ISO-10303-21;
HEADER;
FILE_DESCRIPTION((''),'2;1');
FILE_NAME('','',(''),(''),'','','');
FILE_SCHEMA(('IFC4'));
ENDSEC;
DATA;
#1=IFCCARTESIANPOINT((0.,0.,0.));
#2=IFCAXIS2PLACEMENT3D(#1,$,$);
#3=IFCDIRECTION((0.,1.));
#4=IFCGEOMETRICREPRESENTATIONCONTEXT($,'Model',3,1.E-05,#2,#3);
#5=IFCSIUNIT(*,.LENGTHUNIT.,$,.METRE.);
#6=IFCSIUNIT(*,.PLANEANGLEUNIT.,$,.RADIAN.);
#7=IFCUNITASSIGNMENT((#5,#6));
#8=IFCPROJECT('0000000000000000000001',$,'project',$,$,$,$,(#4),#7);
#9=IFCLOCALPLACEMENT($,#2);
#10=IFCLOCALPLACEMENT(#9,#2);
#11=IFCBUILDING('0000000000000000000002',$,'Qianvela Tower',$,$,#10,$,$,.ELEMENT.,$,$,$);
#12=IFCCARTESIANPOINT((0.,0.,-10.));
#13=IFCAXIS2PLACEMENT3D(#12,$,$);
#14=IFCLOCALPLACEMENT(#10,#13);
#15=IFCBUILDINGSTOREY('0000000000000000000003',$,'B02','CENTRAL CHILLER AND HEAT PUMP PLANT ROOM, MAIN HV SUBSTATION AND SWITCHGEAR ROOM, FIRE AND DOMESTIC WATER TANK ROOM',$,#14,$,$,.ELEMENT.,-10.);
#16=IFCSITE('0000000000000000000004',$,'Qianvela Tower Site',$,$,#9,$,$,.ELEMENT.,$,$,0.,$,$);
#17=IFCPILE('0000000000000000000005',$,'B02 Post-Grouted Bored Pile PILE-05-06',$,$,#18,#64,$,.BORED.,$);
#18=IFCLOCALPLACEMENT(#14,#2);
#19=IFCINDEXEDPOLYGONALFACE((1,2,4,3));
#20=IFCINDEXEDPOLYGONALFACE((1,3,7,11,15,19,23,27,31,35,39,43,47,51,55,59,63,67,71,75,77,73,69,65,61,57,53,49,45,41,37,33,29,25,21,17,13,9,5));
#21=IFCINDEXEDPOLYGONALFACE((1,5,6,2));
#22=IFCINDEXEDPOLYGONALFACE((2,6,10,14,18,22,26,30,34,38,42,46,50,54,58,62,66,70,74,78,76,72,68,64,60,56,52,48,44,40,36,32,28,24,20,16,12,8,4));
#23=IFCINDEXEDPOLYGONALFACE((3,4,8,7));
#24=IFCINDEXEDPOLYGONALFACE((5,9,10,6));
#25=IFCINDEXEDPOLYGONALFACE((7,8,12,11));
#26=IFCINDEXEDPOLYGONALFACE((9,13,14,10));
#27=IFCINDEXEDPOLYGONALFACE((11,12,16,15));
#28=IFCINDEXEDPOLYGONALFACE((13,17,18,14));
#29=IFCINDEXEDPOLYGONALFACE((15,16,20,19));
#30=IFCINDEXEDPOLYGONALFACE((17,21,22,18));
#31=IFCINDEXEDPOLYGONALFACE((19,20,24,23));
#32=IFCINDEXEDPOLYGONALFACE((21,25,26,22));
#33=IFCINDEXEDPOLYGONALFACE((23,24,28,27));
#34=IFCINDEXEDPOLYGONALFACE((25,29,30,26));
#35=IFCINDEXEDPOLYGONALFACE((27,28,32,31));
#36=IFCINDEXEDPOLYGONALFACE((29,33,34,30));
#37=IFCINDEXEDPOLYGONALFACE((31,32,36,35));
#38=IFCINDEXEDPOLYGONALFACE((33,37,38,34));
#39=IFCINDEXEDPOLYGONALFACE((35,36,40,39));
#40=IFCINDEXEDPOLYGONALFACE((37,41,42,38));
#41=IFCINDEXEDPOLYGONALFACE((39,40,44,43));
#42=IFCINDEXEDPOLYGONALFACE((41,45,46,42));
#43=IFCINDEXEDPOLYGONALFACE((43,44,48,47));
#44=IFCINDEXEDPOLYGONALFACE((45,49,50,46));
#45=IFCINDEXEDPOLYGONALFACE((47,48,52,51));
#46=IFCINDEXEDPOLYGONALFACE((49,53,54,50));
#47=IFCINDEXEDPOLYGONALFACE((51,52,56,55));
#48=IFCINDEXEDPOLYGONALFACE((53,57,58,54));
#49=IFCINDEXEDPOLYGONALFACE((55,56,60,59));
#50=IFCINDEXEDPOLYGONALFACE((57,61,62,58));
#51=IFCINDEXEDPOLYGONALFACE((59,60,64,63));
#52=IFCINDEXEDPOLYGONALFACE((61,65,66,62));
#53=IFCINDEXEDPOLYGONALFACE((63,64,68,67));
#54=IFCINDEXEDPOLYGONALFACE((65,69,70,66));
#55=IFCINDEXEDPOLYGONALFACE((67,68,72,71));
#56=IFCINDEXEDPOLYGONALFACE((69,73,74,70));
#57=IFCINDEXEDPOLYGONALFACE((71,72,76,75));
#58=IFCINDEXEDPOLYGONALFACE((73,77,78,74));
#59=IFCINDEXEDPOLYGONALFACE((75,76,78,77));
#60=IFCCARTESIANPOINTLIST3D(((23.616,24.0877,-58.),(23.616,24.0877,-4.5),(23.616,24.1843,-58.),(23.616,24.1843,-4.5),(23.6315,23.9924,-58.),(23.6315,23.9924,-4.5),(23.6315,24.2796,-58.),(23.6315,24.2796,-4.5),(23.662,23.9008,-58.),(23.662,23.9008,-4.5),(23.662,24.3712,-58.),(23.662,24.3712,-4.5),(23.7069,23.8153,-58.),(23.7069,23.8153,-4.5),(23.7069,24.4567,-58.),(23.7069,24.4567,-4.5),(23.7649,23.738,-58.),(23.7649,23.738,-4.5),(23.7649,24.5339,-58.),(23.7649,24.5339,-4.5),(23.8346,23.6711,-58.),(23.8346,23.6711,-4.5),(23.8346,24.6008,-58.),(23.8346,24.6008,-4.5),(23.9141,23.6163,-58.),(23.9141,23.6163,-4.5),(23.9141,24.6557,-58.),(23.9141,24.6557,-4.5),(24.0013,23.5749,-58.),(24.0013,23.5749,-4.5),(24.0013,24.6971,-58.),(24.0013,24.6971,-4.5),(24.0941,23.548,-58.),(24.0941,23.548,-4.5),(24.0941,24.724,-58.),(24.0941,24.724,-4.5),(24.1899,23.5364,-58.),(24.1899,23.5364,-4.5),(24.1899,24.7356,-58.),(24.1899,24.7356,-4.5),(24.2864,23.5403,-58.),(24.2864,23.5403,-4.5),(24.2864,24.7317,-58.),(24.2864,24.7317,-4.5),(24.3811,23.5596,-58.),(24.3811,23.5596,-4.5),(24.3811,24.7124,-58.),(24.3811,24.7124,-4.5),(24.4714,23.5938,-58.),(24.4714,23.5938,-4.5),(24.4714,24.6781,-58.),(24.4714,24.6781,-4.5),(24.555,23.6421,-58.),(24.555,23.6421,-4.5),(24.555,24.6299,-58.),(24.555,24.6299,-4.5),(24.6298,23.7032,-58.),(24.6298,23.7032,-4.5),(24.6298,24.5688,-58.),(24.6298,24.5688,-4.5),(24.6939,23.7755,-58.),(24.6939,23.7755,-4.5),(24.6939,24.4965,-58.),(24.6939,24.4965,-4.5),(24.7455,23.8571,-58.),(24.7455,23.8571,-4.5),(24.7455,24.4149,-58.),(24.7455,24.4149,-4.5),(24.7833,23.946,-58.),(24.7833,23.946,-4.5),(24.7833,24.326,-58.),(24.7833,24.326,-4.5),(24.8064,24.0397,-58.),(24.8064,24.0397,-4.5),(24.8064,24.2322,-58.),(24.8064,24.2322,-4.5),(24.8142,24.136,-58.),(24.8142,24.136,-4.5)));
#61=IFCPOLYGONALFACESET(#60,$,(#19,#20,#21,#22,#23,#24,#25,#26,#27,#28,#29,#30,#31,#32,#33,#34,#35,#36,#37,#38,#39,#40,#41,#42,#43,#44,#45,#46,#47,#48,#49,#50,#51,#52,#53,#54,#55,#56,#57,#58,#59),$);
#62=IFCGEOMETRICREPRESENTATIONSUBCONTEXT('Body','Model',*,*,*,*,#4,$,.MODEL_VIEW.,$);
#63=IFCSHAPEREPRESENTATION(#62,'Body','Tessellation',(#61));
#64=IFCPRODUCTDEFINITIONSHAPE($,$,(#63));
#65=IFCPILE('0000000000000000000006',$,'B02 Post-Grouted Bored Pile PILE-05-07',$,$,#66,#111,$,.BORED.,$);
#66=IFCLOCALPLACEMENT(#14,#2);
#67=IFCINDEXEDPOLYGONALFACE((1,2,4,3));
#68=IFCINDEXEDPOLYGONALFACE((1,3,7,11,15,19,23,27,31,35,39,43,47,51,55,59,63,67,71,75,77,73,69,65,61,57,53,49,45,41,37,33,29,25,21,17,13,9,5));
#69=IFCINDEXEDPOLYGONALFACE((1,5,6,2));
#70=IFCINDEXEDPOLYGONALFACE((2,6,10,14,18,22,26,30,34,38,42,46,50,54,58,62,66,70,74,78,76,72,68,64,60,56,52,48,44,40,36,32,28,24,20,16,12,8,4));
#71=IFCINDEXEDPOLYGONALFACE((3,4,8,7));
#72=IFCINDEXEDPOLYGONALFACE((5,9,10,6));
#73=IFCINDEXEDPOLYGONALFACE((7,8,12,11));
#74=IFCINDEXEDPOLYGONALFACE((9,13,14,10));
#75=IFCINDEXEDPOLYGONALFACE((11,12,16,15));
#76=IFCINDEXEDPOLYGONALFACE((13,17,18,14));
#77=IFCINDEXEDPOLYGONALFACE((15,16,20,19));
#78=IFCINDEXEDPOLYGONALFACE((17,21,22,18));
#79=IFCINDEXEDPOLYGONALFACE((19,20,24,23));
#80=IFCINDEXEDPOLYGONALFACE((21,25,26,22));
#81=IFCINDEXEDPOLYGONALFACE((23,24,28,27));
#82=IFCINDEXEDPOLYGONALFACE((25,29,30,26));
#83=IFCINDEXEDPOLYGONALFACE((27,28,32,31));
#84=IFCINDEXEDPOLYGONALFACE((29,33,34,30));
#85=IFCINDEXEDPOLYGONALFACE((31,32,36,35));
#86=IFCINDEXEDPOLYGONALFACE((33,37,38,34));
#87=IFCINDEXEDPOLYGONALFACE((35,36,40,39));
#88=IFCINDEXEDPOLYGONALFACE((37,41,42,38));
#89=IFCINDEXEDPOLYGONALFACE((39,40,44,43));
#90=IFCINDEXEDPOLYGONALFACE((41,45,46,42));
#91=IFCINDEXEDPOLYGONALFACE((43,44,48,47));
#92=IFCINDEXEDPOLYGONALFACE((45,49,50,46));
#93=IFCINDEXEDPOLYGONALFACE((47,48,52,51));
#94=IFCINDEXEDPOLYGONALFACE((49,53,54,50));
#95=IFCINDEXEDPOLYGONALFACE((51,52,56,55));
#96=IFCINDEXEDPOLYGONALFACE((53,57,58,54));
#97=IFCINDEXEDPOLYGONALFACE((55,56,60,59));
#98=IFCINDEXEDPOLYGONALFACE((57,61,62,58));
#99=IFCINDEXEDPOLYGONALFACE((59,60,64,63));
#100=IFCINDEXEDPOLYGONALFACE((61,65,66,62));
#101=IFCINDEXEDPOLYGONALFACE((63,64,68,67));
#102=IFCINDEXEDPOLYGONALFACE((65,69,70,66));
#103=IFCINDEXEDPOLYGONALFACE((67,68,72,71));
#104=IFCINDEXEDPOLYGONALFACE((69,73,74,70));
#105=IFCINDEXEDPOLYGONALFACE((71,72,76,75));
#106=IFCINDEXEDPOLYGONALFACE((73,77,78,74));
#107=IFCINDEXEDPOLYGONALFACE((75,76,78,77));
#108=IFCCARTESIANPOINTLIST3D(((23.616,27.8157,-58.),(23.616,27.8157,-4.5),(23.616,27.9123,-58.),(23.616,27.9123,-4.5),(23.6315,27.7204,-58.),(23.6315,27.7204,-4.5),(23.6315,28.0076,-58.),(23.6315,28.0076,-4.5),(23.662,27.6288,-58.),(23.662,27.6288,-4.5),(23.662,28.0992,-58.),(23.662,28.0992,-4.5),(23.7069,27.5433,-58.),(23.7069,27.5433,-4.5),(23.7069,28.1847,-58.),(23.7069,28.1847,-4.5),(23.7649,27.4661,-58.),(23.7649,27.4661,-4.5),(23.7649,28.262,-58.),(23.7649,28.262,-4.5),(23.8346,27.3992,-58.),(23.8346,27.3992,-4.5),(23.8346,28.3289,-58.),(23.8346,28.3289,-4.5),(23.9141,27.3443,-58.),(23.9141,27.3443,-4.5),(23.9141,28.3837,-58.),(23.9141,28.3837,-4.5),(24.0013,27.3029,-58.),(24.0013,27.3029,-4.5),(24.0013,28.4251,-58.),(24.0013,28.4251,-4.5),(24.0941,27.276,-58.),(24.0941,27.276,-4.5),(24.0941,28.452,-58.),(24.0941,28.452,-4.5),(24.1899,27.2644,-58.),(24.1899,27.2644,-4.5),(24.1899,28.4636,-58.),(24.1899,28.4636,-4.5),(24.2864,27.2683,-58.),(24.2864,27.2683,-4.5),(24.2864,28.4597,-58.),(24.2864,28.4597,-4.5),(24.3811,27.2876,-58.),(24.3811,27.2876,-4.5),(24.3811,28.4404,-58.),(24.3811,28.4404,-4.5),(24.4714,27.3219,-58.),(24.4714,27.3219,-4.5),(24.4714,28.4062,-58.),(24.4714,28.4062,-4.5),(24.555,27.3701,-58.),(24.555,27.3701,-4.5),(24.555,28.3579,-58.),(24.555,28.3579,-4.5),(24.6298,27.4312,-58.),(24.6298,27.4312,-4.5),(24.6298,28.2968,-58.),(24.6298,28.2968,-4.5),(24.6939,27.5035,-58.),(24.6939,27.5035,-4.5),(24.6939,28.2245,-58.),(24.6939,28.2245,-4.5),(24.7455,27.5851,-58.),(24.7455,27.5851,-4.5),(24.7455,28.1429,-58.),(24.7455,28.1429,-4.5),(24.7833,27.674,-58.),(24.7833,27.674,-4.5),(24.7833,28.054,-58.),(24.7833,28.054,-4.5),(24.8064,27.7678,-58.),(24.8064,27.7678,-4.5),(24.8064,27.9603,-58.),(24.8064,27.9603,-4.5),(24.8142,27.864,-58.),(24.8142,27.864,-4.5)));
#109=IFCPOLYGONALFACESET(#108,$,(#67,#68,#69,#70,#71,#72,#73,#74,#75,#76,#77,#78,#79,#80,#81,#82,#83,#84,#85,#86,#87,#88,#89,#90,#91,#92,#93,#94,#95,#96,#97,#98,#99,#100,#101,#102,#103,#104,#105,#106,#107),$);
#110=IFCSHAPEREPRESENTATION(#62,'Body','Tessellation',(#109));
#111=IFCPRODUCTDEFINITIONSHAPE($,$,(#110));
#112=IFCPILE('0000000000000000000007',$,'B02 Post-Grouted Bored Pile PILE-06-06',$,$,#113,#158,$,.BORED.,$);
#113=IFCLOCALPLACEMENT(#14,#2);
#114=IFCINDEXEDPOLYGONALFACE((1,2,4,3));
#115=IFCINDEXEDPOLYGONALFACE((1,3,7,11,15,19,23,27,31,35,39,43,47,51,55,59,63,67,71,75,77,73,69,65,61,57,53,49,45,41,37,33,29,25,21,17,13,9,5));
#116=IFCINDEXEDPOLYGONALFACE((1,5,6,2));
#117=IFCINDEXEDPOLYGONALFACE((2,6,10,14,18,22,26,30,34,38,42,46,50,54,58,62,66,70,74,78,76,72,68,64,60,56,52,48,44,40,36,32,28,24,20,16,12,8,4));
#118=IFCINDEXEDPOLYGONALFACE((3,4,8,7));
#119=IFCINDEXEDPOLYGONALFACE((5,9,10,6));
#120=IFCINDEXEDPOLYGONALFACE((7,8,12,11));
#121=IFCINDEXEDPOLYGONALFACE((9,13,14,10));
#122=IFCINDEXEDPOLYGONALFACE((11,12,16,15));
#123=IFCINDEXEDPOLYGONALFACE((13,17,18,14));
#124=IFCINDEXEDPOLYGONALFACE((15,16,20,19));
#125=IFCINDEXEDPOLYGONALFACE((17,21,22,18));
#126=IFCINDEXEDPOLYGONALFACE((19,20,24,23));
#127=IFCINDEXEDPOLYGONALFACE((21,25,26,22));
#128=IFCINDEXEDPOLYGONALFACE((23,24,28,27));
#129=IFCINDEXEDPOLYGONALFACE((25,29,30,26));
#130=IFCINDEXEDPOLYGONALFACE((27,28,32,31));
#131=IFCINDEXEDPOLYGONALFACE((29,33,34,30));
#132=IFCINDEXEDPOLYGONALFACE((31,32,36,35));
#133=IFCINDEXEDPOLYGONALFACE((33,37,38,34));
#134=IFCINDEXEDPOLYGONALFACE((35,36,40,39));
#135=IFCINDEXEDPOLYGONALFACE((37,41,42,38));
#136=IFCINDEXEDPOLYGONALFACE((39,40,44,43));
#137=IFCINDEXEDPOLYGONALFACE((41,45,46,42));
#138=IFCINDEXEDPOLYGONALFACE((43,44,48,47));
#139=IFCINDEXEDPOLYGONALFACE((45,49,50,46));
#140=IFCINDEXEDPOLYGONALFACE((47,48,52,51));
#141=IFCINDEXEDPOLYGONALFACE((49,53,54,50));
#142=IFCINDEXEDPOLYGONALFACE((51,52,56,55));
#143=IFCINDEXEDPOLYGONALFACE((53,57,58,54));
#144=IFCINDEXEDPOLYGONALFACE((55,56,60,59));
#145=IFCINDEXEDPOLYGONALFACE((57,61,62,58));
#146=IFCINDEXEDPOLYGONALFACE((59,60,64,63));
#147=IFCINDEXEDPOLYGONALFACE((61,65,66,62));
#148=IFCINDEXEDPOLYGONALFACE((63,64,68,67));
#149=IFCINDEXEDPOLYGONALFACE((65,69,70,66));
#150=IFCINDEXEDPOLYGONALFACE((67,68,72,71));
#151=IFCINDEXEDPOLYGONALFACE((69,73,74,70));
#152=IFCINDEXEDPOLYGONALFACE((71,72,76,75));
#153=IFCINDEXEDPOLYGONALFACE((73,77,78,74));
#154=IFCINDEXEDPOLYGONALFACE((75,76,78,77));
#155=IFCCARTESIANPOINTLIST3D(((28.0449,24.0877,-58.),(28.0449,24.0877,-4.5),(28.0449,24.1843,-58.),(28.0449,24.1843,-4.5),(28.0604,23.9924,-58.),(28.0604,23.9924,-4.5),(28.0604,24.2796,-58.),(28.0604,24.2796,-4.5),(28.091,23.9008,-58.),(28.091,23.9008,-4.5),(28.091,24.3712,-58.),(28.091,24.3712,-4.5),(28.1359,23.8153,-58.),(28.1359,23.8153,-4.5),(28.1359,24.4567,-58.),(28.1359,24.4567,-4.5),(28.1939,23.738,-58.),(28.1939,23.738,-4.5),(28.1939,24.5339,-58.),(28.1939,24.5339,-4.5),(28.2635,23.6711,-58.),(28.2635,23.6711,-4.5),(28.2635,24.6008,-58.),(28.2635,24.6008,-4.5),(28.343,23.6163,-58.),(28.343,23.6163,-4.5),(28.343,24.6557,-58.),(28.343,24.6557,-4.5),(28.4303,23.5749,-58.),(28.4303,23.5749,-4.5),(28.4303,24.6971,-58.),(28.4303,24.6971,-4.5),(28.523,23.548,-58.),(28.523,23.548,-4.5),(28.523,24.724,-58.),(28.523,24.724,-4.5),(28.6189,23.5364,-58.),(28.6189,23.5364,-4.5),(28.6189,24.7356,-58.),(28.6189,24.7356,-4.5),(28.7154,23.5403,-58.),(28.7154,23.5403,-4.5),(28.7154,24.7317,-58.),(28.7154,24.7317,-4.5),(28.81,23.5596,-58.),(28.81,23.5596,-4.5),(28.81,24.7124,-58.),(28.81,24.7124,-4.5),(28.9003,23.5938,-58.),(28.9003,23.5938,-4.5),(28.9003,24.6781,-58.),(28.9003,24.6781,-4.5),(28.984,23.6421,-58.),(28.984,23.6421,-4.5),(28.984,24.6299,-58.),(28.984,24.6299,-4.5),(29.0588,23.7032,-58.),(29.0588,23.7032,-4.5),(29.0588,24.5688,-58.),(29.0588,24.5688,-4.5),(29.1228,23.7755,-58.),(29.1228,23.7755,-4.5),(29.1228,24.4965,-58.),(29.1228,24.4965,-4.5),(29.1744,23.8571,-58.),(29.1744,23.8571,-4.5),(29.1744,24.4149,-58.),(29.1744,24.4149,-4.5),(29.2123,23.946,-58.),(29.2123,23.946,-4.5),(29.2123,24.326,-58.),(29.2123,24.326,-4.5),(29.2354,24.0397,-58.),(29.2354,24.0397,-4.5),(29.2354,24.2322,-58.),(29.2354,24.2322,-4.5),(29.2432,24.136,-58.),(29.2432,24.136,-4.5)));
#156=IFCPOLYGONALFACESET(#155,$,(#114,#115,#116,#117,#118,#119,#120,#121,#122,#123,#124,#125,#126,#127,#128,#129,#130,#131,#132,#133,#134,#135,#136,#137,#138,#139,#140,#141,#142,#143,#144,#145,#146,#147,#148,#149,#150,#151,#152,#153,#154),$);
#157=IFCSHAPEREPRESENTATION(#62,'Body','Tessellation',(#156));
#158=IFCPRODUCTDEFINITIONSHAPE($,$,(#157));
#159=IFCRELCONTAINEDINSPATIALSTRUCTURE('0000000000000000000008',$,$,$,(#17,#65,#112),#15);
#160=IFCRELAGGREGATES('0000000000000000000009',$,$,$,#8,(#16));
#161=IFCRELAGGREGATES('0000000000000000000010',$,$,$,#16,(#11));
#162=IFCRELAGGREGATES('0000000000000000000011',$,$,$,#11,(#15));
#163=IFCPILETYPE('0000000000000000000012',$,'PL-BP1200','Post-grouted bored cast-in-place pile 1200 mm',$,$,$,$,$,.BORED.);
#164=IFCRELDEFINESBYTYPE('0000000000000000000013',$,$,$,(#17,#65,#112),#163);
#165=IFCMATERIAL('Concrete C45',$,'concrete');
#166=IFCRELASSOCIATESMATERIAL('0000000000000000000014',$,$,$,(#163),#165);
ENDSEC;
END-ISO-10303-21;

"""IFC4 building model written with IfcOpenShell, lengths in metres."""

from ifc_helpers import new_model, si_unit, direction, frame, origin, origin_2d, place, context, subcontext, project, spatial, circle, extrude, material, material_profile, profile_set, type_object, element, save


model = new_model("IFC4")

# Units and contexts
model_context = context("Model", 3, precision=1e-05, world=origin(), true_north=direction((0.0, 1.0)))
body_context = subcontext(model_context, "Body", "Model", "MODEL_VIEW")
ifc_project = project(units=[si_unit("LENGTHUNIT", "METRE"), si_unit("PLANEANGLEUNIT", "RADIAN")], contexts=[model_context])

# Site, building, storey
site_placement = place(None, origin())
site = spatial("IfcSite", under=ifc_project, at=site_placement, Name="Qianvela Tower Site", CompositionType="ELEMENT", RefElevation=0.0)
building_placement = place(site_placement, origin())
building = spatial("IfcBuilding", under=site, at=building_placement, Name="Qianvela Tower", CompositionType="ELEMENT")
storey_placement = place(building_placement, frame((0.0, 0.0, -10.0)))
storey = spatial("IfcBuildingStorey", under=building, at=storey_placement, Name="B02", Description="CENTRAL CHILLER AND HEAT PUMP PLANT ROOM, MAIN HV SUBSTATION AND SWITCHGEAR ROOM, FIRE AND DOMESTIC WATER TANK ROOM", CompositionType="ELEMENT", Elevation=-10.0)

# Piles
ifc_material_1 = material(Name="Concrete C45", Category="concrete")
ifc_material_profile_1 = material_profile(ifc_material_1, circle(Radius=0.6001, at=origin_2d()), Name="BP-1200")
ifc_profile_set_1 = profile_set([ifc_material_profile_1], Name="Concrete C45")
pile_type = type_object("IfcPileType", Name="PL-BP1200", Description="Post-grouted bored cast-in-place pile 1200 mm", PredefinedType="BORED", material=ifc_profile_set_1)
for number, where, z_axis, x_axis, name in (
    (1, (24.2141, 24.136, -4.5), (0.0, 0.0, -1.0), (1.0, 0.0, 0.0), "B02 Post-Grouted Bored Pile PILE-05-06"),
    (2, (24.2141, 27.864, -4.5), (0.0, 0.0, -1.0), (1.0, 0.0, 0.0), "B02 Post-Grouted Bored Pile PILE-05-07"),
    (3, (28.6431, 24.136, -4.5), (0.0, 0.0, -1.0), (1.0, 0.0, 0.0), "B02 Post-Grouted Bored Pile PILE-06-06"),
):
    element("IfcPile", number, at=place(storey_placement, frame(where, z_axis=z_axis, x_axis=x_axis)), inside=storey, type_object=pile_type, Name=name, PredefinedType="BORED", context=body_context, shape_type="SweptSolid", body=[
        extrude(circle(Radius=0.6001, at=origin_2d()), origin(), (0.0, 0.0, 1.0), 53.5),
    ])

save(model, "model.ifc")
